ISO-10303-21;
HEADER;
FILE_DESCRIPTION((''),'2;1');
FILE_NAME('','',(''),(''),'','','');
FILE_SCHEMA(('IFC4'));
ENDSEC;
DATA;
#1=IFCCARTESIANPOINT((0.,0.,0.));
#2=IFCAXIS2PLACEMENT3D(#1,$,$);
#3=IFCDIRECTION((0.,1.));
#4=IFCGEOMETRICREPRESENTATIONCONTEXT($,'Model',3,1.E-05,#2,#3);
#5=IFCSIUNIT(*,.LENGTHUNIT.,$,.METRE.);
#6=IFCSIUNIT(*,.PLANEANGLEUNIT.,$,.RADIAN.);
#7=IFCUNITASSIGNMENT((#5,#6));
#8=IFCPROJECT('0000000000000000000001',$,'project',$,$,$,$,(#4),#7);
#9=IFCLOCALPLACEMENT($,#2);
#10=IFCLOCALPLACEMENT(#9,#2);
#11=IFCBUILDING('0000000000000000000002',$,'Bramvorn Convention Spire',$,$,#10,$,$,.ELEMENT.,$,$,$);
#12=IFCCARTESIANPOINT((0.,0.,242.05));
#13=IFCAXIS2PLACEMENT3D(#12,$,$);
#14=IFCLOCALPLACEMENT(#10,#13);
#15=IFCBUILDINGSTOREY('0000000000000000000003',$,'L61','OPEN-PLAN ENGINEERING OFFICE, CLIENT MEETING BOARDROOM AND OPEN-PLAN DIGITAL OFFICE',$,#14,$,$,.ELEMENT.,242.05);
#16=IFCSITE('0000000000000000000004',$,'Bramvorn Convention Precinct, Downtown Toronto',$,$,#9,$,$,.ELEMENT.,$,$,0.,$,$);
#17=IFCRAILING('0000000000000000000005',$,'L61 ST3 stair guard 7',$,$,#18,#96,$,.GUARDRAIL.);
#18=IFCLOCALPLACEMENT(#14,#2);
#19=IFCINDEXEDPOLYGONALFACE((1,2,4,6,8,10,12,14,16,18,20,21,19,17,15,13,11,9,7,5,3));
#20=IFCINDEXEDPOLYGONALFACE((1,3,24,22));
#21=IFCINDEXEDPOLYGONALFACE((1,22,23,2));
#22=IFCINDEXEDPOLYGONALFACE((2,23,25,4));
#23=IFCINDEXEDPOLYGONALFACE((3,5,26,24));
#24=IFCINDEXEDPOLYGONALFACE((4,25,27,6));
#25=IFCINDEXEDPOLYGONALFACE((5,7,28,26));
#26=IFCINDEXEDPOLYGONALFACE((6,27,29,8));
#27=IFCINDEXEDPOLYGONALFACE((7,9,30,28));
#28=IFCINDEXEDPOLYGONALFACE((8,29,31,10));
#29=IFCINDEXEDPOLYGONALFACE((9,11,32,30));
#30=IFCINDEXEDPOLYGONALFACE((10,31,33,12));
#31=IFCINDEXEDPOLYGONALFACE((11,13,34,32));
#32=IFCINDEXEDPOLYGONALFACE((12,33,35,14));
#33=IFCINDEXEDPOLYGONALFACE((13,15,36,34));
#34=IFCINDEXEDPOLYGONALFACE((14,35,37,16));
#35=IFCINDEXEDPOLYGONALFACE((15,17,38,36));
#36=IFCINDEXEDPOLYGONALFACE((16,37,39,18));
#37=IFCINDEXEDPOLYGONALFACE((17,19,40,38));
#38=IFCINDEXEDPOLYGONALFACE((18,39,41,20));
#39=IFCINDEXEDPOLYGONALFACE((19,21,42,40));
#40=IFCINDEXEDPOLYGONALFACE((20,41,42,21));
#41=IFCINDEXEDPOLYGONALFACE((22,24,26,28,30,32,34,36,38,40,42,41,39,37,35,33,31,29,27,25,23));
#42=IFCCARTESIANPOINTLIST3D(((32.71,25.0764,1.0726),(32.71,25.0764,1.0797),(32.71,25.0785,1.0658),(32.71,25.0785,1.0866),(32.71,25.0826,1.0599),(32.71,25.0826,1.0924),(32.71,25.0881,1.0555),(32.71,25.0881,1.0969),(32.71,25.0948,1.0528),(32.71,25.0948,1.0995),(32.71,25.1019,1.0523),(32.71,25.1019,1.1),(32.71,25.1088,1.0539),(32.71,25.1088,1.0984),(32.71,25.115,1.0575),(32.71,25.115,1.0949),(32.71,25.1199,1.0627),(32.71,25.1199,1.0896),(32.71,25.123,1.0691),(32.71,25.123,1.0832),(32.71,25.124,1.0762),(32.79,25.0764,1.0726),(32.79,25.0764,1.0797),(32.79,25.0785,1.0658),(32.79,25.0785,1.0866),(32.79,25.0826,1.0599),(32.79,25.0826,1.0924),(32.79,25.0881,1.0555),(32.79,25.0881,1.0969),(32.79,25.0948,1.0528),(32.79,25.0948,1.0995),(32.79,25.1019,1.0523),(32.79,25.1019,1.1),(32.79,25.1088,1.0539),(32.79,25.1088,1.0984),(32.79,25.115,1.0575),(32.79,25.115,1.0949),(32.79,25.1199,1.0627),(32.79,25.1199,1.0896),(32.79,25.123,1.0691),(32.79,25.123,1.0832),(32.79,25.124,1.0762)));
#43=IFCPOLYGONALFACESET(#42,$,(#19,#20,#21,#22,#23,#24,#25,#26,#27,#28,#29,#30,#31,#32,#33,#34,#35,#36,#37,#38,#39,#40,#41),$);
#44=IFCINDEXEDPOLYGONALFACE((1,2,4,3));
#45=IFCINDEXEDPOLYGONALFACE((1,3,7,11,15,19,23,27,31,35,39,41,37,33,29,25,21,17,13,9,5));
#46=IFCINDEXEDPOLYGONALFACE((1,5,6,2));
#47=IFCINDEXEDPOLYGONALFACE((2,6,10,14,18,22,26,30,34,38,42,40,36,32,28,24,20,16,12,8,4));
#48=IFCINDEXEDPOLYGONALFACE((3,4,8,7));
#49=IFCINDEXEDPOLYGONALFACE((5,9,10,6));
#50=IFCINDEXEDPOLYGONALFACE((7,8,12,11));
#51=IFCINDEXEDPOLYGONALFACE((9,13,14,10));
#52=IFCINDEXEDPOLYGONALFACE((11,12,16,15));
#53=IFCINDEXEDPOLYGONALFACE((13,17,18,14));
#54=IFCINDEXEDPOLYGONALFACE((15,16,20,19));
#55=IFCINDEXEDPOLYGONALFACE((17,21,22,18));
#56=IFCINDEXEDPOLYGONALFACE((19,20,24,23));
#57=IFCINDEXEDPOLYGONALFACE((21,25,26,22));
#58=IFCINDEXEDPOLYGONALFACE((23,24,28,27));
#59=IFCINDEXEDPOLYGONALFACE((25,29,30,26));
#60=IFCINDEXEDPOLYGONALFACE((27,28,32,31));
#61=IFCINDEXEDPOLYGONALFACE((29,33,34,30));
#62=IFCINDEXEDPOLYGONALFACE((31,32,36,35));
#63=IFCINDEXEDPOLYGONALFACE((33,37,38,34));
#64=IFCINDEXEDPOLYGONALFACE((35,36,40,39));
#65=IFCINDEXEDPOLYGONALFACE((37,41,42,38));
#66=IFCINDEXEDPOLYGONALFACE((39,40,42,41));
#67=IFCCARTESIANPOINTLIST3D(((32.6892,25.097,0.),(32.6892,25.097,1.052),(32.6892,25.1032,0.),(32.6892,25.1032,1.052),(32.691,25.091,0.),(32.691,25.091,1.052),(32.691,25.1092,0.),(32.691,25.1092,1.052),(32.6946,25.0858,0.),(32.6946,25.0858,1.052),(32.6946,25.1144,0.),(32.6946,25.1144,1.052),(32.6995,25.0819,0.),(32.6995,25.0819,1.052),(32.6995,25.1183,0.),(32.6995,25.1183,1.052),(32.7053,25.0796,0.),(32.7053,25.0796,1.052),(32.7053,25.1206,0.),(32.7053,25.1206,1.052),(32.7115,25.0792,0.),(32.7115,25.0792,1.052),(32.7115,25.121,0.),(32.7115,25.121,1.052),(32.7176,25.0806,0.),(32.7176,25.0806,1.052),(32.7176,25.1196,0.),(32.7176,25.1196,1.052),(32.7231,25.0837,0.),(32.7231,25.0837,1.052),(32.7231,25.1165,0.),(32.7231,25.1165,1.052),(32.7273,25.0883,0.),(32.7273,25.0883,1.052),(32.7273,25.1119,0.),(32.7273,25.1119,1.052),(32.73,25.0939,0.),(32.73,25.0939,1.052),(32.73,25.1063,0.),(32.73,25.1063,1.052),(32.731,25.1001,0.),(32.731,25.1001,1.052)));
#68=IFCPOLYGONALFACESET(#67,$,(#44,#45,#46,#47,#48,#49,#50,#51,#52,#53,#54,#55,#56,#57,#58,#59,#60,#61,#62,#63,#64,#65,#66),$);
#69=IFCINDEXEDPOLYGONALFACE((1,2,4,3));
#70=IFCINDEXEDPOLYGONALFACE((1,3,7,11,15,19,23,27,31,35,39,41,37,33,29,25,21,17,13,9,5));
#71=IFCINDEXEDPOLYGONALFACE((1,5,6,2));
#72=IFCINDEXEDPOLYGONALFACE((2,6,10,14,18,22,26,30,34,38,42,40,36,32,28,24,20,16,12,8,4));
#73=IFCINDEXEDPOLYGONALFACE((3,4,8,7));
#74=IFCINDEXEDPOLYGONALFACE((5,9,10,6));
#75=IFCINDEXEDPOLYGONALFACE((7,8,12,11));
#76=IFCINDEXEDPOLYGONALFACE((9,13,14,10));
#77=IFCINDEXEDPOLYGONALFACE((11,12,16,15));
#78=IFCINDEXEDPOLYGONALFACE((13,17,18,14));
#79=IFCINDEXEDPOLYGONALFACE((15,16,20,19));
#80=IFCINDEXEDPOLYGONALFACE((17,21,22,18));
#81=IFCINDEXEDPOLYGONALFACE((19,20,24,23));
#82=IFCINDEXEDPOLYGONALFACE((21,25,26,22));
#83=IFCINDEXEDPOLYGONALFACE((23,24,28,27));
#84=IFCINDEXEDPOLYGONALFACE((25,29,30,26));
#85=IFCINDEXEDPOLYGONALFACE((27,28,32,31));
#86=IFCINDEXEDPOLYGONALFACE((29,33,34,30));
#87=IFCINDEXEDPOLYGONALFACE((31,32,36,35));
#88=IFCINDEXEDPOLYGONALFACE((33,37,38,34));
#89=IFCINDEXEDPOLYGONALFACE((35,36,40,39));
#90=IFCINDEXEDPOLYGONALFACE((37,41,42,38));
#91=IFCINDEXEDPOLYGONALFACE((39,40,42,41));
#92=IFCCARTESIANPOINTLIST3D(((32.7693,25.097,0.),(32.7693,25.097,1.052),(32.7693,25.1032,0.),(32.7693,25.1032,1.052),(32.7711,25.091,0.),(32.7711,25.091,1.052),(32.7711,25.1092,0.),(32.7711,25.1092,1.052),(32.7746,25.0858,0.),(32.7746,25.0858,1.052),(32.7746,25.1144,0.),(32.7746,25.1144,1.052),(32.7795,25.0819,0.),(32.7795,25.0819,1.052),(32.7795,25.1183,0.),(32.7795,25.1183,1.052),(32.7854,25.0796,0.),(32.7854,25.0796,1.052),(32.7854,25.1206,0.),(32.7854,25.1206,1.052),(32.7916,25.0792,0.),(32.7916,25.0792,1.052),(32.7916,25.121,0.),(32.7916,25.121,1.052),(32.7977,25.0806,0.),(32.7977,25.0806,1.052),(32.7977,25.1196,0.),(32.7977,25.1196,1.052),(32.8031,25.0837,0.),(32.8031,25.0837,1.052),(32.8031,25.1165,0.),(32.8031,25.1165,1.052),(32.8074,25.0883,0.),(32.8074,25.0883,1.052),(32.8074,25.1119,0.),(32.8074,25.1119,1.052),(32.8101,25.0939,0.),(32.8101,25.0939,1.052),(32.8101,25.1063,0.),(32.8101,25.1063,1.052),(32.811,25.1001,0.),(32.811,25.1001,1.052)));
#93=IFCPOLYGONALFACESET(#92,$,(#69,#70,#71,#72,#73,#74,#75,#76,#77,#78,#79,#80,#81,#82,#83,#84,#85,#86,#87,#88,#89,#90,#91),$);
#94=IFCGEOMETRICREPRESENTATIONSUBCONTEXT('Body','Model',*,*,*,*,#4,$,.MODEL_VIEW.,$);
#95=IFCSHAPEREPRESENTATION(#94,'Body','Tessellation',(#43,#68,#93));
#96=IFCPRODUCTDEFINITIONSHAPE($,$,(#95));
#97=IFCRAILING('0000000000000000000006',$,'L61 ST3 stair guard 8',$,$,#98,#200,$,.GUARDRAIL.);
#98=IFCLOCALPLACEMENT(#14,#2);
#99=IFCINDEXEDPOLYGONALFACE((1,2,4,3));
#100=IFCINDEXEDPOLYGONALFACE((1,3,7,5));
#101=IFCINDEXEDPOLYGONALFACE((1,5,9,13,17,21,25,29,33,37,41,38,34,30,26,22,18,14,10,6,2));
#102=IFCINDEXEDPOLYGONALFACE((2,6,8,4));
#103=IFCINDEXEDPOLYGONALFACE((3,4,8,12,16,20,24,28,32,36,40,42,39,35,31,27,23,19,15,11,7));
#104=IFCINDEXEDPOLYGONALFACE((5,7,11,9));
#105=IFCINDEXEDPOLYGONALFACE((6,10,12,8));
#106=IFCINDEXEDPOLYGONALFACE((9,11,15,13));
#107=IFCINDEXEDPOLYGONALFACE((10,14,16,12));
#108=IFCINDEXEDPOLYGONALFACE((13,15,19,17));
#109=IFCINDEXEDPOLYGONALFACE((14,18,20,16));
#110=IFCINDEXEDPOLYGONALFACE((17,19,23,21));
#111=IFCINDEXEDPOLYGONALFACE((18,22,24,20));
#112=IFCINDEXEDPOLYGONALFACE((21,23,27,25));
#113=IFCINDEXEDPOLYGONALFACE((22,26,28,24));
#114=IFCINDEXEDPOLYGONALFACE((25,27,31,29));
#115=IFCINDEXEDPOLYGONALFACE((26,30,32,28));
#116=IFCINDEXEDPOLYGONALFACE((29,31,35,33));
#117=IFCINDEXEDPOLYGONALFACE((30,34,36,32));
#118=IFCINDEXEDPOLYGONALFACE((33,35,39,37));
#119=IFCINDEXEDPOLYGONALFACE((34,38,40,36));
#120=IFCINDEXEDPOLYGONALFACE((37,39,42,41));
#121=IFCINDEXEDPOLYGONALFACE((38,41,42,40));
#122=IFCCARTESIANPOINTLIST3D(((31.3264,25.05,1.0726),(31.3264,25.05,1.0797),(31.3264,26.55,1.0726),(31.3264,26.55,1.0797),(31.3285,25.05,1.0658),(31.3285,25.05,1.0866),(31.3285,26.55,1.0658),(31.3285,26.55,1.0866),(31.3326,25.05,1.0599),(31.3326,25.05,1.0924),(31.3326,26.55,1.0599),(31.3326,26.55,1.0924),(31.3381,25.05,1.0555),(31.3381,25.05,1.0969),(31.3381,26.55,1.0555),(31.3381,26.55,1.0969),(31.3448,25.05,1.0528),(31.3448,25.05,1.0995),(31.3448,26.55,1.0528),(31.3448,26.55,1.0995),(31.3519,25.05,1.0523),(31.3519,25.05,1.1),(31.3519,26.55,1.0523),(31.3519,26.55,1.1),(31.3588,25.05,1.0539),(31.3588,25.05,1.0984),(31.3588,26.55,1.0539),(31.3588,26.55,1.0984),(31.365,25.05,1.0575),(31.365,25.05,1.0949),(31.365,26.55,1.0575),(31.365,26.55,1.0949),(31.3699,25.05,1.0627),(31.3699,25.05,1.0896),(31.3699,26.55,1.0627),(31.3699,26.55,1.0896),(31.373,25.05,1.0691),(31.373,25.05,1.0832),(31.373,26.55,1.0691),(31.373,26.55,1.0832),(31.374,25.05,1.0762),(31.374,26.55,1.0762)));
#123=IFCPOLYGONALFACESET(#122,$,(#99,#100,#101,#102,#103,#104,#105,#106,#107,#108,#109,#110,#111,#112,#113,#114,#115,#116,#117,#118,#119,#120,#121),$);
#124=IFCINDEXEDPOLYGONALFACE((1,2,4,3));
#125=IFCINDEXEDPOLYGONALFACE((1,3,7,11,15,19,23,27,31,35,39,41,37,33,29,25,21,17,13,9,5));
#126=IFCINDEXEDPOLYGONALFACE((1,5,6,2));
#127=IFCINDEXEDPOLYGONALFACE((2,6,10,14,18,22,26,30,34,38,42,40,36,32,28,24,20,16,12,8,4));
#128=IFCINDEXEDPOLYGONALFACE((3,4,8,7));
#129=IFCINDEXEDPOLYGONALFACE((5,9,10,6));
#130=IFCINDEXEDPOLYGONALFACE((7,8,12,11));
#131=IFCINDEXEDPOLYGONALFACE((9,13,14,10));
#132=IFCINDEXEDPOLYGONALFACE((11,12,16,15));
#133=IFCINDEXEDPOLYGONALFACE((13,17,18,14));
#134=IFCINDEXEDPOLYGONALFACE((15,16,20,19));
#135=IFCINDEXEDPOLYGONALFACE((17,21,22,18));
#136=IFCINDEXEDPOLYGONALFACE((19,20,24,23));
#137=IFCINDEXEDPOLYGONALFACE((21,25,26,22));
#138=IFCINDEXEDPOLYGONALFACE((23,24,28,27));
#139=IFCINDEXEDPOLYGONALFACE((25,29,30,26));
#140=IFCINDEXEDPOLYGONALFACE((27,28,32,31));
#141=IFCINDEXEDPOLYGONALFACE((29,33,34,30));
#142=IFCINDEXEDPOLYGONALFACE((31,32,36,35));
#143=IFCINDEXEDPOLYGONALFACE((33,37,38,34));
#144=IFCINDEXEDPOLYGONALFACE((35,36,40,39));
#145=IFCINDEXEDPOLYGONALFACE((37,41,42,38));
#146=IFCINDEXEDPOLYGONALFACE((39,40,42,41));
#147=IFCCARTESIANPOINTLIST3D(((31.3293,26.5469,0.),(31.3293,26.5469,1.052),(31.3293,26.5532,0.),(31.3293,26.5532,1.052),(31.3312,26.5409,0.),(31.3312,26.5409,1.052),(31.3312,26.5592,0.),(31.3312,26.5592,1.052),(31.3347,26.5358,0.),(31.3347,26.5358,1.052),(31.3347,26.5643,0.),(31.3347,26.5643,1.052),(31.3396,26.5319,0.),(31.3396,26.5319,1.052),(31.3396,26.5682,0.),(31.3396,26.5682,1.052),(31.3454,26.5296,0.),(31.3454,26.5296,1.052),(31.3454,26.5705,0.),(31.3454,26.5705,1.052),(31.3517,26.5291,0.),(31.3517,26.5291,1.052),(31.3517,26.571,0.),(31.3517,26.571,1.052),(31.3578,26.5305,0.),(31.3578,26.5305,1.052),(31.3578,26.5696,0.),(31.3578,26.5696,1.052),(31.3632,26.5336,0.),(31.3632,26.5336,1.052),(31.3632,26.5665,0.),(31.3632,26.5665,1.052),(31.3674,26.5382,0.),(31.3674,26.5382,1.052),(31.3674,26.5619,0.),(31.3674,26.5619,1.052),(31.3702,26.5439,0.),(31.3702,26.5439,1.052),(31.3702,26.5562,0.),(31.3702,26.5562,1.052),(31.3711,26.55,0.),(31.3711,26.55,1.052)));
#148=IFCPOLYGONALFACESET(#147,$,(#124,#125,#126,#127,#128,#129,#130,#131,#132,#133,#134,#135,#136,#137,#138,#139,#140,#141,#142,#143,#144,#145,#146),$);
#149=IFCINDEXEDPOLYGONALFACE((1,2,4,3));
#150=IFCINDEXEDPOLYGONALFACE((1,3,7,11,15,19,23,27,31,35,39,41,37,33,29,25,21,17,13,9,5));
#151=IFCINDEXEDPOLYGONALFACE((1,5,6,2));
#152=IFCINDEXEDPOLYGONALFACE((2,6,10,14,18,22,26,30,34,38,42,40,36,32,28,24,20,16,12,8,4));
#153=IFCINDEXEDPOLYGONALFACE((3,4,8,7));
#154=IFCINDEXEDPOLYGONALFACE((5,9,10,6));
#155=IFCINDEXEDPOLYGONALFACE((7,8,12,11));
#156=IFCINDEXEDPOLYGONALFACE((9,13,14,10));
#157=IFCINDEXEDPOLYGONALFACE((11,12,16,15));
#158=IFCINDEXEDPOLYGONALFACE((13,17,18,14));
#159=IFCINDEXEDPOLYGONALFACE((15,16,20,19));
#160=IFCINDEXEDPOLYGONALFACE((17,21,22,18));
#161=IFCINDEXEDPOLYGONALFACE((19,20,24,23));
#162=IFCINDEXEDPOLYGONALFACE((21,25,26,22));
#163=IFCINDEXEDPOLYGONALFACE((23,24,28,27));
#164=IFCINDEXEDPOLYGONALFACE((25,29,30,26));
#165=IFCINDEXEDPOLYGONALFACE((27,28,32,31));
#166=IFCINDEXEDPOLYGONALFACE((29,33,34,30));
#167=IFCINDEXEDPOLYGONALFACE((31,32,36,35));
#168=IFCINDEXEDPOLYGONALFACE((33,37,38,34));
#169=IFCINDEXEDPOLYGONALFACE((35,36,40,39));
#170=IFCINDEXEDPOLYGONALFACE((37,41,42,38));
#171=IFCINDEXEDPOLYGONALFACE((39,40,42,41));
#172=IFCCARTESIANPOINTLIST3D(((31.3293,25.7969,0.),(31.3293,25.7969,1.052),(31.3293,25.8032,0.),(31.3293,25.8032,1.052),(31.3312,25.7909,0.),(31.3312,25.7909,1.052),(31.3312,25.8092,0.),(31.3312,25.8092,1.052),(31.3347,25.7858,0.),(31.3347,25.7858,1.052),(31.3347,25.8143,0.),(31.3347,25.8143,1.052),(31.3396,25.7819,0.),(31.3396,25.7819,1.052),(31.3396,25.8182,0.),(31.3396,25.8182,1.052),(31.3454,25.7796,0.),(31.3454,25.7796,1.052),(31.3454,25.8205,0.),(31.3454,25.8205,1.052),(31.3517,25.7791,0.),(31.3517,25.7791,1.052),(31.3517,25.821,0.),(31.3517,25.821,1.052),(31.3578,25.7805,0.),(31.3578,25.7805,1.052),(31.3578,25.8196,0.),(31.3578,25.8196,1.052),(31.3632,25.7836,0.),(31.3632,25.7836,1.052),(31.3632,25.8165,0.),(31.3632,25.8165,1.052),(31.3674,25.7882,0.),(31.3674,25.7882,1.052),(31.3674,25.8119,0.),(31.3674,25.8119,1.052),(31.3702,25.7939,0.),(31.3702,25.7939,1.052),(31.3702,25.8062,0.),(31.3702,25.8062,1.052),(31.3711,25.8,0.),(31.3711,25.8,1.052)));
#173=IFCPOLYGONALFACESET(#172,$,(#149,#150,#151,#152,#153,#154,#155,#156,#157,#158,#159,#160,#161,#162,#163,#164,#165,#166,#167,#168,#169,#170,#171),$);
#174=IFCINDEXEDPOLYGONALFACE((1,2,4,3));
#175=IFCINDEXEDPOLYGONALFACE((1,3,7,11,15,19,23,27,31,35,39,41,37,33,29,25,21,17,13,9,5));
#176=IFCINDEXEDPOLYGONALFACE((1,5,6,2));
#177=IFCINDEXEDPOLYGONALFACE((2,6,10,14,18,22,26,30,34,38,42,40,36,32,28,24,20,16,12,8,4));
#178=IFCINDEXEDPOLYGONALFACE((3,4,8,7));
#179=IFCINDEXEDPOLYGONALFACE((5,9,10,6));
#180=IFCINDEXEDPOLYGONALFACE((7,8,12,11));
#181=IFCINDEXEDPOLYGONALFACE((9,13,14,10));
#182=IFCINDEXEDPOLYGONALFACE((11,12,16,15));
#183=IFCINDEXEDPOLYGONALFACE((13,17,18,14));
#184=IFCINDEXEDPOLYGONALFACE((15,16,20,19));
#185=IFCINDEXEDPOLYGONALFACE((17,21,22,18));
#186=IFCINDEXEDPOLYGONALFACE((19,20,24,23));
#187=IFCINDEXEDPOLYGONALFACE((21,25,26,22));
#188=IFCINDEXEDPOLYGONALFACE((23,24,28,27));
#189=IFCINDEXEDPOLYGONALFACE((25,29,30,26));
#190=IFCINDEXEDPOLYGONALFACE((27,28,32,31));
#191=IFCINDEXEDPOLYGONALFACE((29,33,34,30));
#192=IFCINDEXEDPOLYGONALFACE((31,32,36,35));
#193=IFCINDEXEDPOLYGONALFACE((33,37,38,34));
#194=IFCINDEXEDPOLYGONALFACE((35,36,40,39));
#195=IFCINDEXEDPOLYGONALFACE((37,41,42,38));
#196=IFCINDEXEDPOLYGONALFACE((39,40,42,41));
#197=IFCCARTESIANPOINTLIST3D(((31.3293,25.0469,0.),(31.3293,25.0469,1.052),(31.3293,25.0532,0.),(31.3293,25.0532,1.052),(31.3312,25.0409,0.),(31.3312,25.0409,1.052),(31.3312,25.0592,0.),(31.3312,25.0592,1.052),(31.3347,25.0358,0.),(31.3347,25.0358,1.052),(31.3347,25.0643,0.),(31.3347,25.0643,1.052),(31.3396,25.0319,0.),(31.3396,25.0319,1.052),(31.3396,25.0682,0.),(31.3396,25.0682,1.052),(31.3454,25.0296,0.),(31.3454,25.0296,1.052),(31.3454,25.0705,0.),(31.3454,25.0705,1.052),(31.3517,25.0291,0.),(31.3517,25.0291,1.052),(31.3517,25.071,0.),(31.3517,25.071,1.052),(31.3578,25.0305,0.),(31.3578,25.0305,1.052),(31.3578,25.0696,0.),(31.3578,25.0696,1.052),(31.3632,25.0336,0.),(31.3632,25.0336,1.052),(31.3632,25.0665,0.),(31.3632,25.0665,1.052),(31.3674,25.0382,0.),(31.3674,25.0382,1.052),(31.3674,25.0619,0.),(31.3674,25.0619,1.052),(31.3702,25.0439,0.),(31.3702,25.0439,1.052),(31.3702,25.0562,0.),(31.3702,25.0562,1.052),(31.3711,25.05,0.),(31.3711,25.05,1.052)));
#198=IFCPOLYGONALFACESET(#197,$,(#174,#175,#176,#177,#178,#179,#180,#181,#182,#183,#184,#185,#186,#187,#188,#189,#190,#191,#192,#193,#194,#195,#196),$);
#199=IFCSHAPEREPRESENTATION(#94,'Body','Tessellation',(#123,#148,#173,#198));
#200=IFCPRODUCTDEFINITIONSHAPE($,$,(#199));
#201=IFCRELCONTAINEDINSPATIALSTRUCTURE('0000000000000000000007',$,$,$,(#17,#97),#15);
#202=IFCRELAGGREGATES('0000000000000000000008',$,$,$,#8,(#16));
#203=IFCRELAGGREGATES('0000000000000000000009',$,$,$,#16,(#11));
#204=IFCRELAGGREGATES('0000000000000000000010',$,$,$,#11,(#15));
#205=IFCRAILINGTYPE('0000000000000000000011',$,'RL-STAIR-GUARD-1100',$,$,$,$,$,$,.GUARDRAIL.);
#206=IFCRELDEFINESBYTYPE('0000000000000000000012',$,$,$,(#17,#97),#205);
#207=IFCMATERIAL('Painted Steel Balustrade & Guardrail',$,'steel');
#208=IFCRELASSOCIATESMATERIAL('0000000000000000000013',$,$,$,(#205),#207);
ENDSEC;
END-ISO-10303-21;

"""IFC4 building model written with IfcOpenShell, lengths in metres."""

from ifc_helpers import new_model, si_unit, direction, frame, origin, origin_2d, place, context, subcontext, project, spatial, circle, extrude, material, type_object, element, save


model = new_model("IFC4")

# Units and contexts
model_context = context("Model", 3, precision=1e-05, world=origin(), true_north=direction((0.0, 1.0)))
body_context = subcontext(model_context, "Body", "Model", "MODEL_VIEW")
ifc_project = project(units=[si_unit("LENGTHUNIT", "METRE"), si_unit("PLANEANGLEUNIT", "RADIAN")], contexts=[model_context])

# Site, building, storey
site_placement = place(None, origin())
site = spatial("IfcSite", under=ifc_project, at=site_placement, Name="Bramvorn Convention Precinct, Downtown Toronto", CompositionType="ELEMENT", RefElevation=0.0)
building_placement = place(site_placement, origin())
building = spatial("IfcBuilding", under=site, at=building_placement, Name="Bramvorn Convention Spire", CompositionType="ELEMENT")
storey_placement = place(building_placement, frame((0.0, 0.0, 242.05)))
storey = spatial("IfcBuildingStorey", under=building, at=storey_placement, Name="L61", Description="OPEN-PLAN ENGINEERING OFFICE, CLIENT MEETING BOARDROOM AND OPEN-PLAN DIGITAL OFFICE", CompositionType="ELEMENT", Elevation=242.05)

# Railings
ifc_material_1 = material(Name="Painted Steel Balustrade & Guardrail", Category="steel")
railing_type_1 = type_object("IfcRailingType", Name="RL-STAIR-GUARD-1100", PredefinedType="GUARDRAIL", material=ifc_material_1)
railing_1_placement = place(storey_placement, frame((32.71, 25.1001, 0.0)))
element("IfcRailing", 1, at=railing_1_placement, inside=storey, type_object=railing_type_1, Name="L61 ST3 stair guard 7", PredefinedType="GUARDRAIL", context=body_context, shape_type="SweptSolid", body=[
    extrude(circle(Radius=0.0239, at=origin_2d()), frame((0.0, 0.0, 1.0762), z_axis=(1.0, 0.0, 0.0), x_axis=(0.0, 1.0, 0.0)), (0.0, 0.0, 1.0), 0.0801),
    extrude(circle(Radius=0.021, at=origin_2d()), origin(), (0.0, 0.0, 1.0), 1.052),
    extrude(circle(Radius=0.021, at=origin_2d()), frame((0.0801, 0.0, 0.0)), (0.0, 0.0, 1.0), 1.052),
])
railing_2_placement = place(storey_placement, frame((31.3501, 26.55, 0.0)))
element("IfcRailing", 2, at=railing_2_placement, inside=storey, type_object=railing_type_1, Name="L61 ST3 stair guard 8", PredefinedType="GUARDRAIL", context=body_context, shape_type="SweptSolid", body=[
    extrude(circle(Radius=0.0239, at=origin_2d()), frame((0.0, 0.0, 1.0762), z_axis=(0.0, -1.0, 0.0), x_axis=(1.0, 0.0, 0.0)), (0.0, 0.0, 1.0), 1.5),
    extrude(circle(Radius=0.021, at=origin_2d()), origin(), (0.0, 0.0, 1.0), 1.052),
    extrude(circle(Radius=0.021, at=origin_2d()), frame((0.0, -0.75, 0.0)), (0.0, 0.0, 1.0), 1.052),
    extrude(circle(Radius=0.021, at=origin_2d()), frame((0.0, -1.5, 0.0)), (0.0, 0.0, 1.0), 1.052),
])

save(model, "model.ifc")
